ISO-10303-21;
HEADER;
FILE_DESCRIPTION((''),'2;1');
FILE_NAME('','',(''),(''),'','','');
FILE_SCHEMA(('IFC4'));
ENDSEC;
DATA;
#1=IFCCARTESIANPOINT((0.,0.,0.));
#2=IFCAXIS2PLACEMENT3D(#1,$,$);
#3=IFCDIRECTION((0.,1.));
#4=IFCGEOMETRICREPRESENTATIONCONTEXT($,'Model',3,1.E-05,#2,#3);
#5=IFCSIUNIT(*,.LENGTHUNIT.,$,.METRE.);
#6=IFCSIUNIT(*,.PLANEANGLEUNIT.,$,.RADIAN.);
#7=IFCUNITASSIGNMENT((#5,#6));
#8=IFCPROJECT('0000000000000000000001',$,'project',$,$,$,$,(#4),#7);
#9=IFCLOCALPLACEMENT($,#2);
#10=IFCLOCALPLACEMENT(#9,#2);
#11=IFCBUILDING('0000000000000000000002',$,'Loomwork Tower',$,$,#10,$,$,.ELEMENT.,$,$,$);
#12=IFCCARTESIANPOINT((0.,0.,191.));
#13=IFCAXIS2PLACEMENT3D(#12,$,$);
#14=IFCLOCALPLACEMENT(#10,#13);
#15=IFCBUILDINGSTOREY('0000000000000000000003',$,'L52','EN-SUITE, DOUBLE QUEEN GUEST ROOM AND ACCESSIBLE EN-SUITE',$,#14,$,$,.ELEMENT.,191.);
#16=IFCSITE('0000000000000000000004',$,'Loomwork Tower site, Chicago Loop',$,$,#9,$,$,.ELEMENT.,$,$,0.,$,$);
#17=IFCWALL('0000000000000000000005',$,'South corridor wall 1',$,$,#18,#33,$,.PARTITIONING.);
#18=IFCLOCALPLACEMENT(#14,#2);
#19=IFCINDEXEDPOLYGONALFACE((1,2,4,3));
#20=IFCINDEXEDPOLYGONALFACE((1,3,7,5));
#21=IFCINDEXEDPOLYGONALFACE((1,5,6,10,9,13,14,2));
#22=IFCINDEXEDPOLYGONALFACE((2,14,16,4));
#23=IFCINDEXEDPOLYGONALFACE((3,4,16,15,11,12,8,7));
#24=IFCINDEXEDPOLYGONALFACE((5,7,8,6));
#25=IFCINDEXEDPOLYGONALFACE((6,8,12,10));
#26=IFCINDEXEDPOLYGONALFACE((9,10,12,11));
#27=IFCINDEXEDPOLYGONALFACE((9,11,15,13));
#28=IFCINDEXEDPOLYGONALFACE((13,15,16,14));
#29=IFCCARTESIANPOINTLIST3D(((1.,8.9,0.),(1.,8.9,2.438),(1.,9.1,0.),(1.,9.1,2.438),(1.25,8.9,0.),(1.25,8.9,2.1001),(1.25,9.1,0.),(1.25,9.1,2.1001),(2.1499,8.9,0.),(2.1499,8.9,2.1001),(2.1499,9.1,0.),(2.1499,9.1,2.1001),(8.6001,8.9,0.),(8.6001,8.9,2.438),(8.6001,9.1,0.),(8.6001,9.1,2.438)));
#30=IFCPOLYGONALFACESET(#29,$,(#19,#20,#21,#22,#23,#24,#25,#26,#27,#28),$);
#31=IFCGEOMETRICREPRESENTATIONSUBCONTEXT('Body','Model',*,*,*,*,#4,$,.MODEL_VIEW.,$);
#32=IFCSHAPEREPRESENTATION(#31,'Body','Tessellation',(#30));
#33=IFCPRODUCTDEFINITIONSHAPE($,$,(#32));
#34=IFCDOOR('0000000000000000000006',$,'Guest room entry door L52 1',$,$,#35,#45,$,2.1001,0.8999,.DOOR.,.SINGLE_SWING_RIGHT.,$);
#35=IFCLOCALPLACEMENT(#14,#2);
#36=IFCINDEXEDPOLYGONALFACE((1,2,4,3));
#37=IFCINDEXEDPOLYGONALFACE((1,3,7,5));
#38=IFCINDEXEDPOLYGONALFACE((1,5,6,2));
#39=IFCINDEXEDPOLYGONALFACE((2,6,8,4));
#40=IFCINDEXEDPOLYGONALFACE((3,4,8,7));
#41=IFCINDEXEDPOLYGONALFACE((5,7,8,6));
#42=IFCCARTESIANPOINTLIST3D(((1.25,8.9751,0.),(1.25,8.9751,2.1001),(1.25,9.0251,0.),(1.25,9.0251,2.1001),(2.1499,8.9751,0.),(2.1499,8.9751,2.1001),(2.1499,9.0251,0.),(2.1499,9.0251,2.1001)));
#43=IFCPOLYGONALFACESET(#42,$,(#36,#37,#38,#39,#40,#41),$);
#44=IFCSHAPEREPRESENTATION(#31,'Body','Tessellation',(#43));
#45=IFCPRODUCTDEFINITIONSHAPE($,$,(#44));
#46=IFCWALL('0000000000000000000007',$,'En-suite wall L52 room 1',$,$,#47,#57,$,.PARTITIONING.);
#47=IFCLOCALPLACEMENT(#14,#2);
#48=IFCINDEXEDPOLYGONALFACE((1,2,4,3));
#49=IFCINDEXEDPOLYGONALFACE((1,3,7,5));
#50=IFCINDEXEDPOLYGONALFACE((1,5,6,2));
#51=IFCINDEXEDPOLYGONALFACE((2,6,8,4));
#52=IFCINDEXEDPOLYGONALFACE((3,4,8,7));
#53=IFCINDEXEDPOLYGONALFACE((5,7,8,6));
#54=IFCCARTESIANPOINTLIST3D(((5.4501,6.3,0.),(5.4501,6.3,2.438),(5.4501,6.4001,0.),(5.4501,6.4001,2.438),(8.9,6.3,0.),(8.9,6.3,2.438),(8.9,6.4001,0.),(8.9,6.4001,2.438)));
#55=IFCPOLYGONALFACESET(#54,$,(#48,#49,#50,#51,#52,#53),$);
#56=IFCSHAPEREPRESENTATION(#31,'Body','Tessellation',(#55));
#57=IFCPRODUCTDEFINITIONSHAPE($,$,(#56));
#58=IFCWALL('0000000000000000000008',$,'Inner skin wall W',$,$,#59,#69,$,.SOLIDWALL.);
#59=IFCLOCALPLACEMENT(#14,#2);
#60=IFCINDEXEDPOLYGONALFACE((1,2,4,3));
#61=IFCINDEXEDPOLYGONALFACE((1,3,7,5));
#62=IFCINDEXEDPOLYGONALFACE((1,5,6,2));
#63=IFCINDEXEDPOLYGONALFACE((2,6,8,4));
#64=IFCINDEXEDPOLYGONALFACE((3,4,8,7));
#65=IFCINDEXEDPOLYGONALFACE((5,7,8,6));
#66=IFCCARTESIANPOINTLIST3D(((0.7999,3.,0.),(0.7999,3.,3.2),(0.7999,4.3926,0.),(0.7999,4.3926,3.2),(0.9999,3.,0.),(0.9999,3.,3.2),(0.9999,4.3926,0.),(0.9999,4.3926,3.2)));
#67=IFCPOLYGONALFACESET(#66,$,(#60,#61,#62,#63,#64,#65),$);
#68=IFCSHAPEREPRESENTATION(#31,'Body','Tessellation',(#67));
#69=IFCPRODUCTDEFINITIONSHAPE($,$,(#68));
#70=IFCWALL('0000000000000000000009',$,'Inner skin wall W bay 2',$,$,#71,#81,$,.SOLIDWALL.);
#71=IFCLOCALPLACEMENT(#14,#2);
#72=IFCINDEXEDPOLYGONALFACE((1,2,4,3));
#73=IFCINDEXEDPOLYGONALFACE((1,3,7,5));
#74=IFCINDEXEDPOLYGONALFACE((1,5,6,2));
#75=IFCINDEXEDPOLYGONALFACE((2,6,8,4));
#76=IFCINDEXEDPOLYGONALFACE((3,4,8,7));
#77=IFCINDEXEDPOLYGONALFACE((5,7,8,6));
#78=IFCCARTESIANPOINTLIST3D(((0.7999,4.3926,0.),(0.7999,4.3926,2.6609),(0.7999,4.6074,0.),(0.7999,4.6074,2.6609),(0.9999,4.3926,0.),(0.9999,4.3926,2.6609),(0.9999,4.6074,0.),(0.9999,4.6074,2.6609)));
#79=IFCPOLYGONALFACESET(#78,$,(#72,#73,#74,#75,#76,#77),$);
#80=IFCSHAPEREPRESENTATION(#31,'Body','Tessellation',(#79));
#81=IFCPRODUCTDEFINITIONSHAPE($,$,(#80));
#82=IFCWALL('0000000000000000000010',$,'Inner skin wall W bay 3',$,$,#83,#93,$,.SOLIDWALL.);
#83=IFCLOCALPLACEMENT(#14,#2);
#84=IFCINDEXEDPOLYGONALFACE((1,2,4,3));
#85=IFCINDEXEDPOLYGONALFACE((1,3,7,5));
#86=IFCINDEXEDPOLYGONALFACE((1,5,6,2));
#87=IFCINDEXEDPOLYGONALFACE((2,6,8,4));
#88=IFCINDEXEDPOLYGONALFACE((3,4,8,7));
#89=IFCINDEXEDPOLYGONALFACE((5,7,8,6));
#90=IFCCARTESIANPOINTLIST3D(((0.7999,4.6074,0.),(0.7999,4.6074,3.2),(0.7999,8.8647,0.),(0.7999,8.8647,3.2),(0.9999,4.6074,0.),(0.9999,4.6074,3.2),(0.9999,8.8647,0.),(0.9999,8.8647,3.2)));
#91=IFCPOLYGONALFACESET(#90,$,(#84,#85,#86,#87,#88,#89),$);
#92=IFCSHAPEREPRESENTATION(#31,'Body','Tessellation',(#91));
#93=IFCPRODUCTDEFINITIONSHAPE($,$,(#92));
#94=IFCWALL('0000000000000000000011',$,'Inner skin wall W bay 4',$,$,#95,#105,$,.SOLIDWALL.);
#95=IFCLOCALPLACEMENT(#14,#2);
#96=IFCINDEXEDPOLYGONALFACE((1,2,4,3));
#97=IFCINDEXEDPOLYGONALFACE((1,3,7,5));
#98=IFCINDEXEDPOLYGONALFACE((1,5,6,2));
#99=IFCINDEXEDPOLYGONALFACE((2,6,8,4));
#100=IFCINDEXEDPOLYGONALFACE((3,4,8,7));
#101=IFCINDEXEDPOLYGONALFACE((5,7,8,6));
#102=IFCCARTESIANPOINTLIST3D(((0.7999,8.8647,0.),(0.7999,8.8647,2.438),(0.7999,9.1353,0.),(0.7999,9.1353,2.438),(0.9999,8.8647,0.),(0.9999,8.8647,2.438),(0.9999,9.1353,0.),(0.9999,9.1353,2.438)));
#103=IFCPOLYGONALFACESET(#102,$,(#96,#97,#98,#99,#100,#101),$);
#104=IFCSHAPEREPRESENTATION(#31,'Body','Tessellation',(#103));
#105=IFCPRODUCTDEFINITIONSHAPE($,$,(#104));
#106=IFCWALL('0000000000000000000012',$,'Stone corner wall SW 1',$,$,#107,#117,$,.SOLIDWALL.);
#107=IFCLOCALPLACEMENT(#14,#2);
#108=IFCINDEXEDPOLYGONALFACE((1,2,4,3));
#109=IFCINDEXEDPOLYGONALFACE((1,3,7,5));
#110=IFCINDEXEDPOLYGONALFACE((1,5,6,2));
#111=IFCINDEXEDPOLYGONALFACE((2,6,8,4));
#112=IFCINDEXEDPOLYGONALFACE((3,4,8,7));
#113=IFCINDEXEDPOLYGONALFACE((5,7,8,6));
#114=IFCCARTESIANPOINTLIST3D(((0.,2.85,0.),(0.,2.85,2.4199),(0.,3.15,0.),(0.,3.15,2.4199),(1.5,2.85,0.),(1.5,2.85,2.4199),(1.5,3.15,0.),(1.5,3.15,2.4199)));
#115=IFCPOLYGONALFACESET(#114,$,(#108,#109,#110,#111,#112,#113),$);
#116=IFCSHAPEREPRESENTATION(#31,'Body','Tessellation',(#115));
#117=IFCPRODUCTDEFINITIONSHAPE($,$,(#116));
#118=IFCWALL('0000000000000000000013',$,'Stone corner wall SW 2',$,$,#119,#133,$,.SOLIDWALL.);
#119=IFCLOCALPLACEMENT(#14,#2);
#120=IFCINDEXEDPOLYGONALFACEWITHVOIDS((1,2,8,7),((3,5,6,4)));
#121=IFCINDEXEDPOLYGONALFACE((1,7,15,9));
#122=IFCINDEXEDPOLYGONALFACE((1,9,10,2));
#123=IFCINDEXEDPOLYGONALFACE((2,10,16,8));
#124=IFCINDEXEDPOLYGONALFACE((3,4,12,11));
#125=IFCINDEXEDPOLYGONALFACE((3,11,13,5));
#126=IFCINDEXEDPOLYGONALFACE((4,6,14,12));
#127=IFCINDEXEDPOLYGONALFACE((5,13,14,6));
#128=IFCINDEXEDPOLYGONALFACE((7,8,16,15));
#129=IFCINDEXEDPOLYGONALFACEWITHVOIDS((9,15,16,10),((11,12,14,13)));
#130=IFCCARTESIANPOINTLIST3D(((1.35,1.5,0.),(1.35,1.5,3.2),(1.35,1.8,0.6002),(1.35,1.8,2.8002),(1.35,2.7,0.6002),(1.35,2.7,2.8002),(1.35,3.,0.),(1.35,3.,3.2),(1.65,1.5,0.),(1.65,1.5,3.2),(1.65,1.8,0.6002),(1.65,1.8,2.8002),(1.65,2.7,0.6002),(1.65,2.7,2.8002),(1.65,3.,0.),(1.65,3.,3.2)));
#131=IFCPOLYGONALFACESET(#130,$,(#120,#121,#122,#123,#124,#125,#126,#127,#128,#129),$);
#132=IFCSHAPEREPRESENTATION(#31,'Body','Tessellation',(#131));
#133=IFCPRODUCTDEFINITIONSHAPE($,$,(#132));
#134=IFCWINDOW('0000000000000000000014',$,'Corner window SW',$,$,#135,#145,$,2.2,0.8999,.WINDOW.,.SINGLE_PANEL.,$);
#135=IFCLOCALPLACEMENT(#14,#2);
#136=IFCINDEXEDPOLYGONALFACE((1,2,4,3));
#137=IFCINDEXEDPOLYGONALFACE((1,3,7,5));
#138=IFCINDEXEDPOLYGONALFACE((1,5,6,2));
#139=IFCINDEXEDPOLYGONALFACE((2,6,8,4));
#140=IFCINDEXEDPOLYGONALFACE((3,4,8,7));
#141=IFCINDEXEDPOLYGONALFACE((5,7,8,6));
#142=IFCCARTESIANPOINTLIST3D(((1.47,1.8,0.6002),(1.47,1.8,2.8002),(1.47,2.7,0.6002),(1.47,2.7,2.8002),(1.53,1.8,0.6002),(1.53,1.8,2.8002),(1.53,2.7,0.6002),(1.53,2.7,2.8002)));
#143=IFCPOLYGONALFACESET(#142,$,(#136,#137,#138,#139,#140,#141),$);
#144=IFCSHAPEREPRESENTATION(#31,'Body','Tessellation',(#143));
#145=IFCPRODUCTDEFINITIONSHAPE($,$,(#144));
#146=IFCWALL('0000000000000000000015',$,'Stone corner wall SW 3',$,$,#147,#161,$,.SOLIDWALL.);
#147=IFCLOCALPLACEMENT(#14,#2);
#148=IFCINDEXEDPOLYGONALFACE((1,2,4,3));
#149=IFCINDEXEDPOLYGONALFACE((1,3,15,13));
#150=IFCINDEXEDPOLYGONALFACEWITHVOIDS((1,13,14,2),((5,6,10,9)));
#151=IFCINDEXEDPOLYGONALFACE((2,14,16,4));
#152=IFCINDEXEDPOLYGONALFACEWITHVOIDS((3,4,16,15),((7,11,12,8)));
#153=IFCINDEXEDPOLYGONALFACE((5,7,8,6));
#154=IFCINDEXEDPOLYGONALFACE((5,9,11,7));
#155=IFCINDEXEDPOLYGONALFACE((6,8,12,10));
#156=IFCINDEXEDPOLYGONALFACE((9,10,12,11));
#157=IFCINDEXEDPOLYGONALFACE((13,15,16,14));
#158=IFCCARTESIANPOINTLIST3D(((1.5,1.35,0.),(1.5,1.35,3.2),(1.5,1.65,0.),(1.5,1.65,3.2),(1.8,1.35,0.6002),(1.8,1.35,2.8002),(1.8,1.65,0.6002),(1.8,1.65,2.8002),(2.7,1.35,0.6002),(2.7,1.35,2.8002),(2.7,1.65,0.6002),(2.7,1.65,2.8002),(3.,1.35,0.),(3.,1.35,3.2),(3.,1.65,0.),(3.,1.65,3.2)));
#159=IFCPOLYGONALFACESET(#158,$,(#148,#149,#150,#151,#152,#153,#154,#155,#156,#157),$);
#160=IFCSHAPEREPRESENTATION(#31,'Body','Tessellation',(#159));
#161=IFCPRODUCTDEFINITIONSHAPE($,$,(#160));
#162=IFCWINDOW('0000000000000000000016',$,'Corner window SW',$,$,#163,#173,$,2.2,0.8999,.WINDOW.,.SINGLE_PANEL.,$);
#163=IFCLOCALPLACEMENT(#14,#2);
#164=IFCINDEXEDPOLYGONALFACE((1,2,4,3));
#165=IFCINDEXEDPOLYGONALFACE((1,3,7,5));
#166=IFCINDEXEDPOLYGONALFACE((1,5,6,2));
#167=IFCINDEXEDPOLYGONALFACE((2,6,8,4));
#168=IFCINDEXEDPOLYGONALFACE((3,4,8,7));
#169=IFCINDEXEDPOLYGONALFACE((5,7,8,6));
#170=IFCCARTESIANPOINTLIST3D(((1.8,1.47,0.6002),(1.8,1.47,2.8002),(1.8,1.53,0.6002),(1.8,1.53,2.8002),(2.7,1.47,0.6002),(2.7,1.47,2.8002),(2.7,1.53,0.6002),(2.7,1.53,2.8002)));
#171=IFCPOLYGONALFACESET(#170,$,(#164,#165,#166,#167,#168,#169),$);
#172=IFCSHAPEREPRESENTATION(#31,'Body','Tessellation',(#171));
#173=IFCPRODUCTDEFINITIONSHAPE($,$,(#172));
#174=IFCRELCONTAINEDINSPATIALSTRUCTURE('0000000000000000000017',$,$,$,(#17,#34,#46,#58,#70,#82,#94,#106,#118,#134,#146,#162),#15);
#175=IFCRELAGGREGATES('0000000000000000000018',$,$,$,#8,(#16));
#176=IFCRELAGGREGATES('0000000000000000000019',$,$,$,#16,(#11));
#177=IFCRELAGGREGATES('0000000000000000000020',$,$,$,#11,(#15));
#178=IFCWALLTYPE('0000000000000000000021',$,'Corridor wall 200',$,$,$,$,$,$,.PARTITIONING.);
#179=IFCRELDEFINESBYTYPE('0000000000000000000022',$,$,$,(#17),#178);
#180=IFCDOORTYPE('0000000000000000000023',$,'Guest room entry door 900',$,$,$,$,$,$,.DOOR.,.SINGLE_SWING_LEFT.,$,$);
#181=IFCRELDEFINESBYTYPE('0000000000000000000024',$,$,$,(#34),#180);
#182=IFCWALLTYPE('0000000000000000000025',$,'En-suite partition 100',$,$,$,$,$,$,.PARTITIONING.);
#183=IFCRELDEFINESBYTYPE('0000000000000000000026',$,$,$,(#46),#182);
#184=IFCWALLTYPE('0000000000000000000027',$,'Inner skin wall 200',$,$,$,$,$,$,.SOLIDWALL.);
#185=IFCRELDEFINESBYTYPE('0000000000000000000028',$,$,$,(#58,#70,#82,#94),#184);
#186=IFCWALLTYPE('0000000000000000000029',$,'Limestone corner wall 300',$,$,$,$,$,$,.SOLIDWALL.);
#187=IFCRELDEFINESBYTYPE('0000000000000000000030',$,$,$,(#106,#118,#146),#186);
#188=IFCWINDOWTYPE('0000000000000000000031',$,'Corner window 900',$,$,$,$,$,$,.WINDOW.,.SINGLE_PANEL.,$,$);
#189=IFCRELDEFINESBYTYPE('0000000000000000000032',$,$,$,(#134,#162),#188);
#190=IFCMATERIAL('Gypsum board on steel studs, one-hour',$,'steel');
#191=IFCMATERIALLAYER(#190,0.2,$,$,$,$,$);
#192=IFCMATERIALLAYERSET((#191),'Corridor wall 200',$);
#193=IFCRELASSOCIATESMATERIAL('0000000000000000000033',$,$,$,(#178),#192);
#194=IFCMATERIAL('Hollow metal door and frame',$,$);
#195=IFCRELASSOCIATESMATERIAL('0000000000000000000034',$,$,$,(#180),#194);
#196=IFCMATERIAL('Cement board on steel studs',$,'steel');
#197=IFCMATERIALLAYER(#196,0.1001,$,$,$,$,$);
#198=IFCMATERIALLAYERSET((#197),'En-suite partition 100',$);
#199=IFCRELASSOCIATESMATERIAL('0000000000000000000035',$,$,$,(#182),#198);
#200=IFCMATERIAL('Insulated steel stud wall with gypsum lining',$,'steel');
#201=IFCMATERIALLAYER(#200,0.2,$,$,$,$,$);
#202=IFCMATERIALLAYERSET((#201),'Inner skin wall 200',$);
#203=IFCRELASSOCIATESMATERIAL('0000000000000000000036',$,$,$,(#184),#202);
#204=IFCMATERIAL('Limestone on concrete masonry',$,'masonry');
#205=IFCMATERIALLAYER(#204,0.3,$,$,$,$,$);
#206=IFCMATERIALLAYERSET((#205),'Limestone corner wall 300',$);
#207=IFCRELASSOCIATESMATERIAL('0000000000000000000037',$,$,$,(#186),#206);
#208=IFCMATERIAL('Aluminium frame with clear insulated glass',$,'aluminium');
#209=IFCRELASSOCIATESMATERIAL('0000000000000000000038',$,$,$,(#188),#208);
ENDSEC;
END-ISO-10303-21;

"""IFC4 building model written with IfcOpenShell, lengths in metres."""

from ifc_helpers import new_model, si_unit, direction, frame, frame_2d, origin, place, context, subcontext, project, spatial, rectangle, extrude, material, layer, layer_set, type_object, element, fill, save


model = new_model("IFC4")

# Units and contexts
model_context = context("Model", 3, precision=1e-05, world=origin(), true_north=direction((0.0, 1.0)))
body_context = subcontext(model_context, "Body", "Model", "MODEL_VIEW")
ifc_project = project(units=[si_unit("LENGTHUNIT", "METRE"), si_unit("PLANEANGLEUNIT", "RADIAN")], contexts=[model_context])

# Site, building, storey
site_placement = place(None, origin())
site = spatial("IfcSite", under=ifc_project, at=site_placement, Name="Loomwork Tower site, Chicago Loop", CompositionType="ELEMENT", RefElevation=0.0)
building_placement = place(site_placement, origin())
building = spatial("IfcBuilding", under=site, at=building_placement, Name="Loomwork Tower", CompositionType="ELEMENT")
storey_placement = place(building_placement, frame((0.0, 0.0, 191.0)))
storey = spatial("IfcBuildingStorey", under=building, at=storey_placement, Name="L52", Description="EN-SUITE, DOUBLE QUEEN GUEST ROOM AND ACCESSIBLE EN-SUITE", CompositionType="ELEMENT", Elevation=191.0)

# Wall, opening, door
ifc_material_1 = material(Name="Gypsum board on steel studs, one-hour", Category="steel")
ifc_layer_1 = layer(ifc_material_1, 0.2)
ifc_layer_set_1 = layer_set([ifc_layer_1], Name="Corridor wall 200")
wall_type_1 = type_object("IfcWallType", Name="Corridor wall 200", PredefinedType="PARTITIONING", material=ifc_layer_set_1)
wall_1_placement = place(storey_placement, frame((1.0, 9.0, 0.0), z_axis=(0.0, 0.0, 1.0), x_axis=(1.0, 0.0, 0.0)))
wall_1 = element("IfcWall", 1, at=wall_1_placement, inside=storey, type_object=wall_type_1, Name="South corridor wall 1", PredefinedType="PARTITIONING", context=body_context, shape_type="SweptSolid", body=[
    extrude(rectangle(XDim=7.6001, YDim=0.2, at=frame_2d((3.8, 0.0))), origin(), (0.0, 0.0, 1.0), 2.438),
])
opening_1_placement = place(wall_1_placement, frame((0.25, 0.0, 0.0)))
opening_1 = element("IfcOpeningElement", 2, at=opening_1_placement, cuts=wall_1, PredefinedType="OPENING", context=body_context, shape_type="SweptSolid", body=[
    extrude(rectangle(XDim=0.8999, YDim=2.1001, at=frame_2d((0.45, 1.05))), frame((0.0, 0.1099, 0.0), z_axis=(0.0, -1.0, 0.0), x_axis=(1.0, 0.0, 0.0)), (0.0, 0.0, 1.0), 0.22),
])
ifc_material_2 = material(Name="Hollow metal door and frame")
door_type = type_object("IfcDoorType", Name="Guest room entry door 900", OperationType="SINGLE_SWING_LEFT", PredefinedType="DOOR", material=ifc_material_2)
door_placement = place(opening_1_placement, frame((0.8999, 0.0, 0.0), z_axis=(0.0, 0.0, 1.0), x_axis=(-1.0, 0.0, 0.0)))
door = element("IfcDoor", 3, at=door_placement, inside=storey, type_object=door_type, Name="Guest room entry door L52 1", OperationType="SINGLE_SWING_RIGHT", OverallHeight=2.1001, OverallWidth=0.8999, PredefinedType="DOOR", context=body_context, shape_type="SweptSolid", body=[
    extrude(rectangle(XDim=0.8999, YDim=2.1001, at=frame_2d((0.45, 1.05))), frame((0.0, 0.0249, 0.0), z_axis=(0.0, -1.0, 0.0), x_axis=(1.0, 0.0, 0.0)), (0.0, 0.0, 1.0), 0.05),
])
fill(opening_1, door)

# Walls
ifc_material_3 = material(Name="Cement board on steel studs", Category="steel")
ifc_layer_2 = layer(ifc_material_3, 0.1001)
ifc_layer_set_2 = layer_set([ifc_layer_2], Name="En-suite partition 100")
wall_type_2 = type_object("IfcWallType", Name="En-suite partition 100", PredefinedType="PARTITIONING", material=ifc_layer_set_2)
wall_2_placement = place(storey_placement, frame((5.45, 6.3501, 0.0), z_axis=(0.0, 0.0, 1.0), x_axis=(1.0, 0.0, 0.0)))
element("IfcWall", 4, at=wall_2_placement, inside=storey, type_object=wall_type_2, Name="En-suite wall L52 room 1", PredefinedType="PARTITIONING", context=body_context, shape_type="SweptSolid", body=[
    extrude(rectangle(XDim=3.45, YDim=0.1001, at=frame_2d((1.7251, 0.0))), origin(), (0.0, 0.0, 1.0), 2.438),
])
ifc_material_4 = material(Name="Insulated steel stud wall with gypsum lining", Category="steel")
ifc_layer_3 = layer(ifc_material_4, 0.2)
ifc_layer_set_3 = layer_set([ifc_layer_3], Name="Inner skin wall 200")
wall_type_3 = type_object("IfcWallType", Name="Inner skin wall 200", PredefinedType="SOLIDWALL", material=ifc_layer_set_3)
wall_3_placement = place(storey_placement, frame((0.8999, 3.0, 0.0), z_axis=(0.0, 0.0, 1.0), x_axis=(0.0, 1.0, 0.0)))
element("IfcWall", 5, at=wall_3_placement, inside=storey, type_object=wall_type_3, Name="Inner skin wall W", PredefinedType="SOLIDWALL", context=body_context, shape_type="SweptSolid", body=[
    extrude(rectangle(XDim=1.3926, YDim=0.2, at=frame_2d((0.6963, 0.0))), origin(), (0.0, 0.0, 1.0), 3.2),
])
wall_4_placement = place(storey_placement, frame((0.8999, 4.3926, 0.0), z_axis=(0.0, 0.0, 1.0), x_axis=(0.0, 1.0, 0.0)))
element("IfcWall", 6, at=wall_4_placement, inside=storey, type_object=wall_type_3, Name="Inner skin wall W bay 2", PredefinedType="SOLIDWALL", context=body_context, shape_type="SweptSolid", body=[
    extrude(rectangle(XDim=0.2148, YDim=0.2, at=frame_2d((0.1074, 0.0))), origin(), (0.0, 0.0, 1.0), 2.6609),
])
wall_5_placement = place(storey_placement, frame((0.8999, 4.6074, 0.0), z_axis=(0.0, 0.0, 1.0), x_axis=(0.0, 1.0, 0.0)))
element("IfcWall", 7, at=wall_5_placement, inside=storey, type_object=wall_type_3, Name="Inner skin wall W bay 3", PredefinedType="SOLIDWALL", context=body_context, shape_type="SweptSolid", body=[
    extrude(rectangle(XDim=4.2573, YDim=0.2, at=frame_2d((2.1287, 0.0))), origin(), (0.0, 0.0, 1.0), 3.2),
])
wall_6_placement = place(storey_placement, frame((0.8999, 8.8647, 0.0), z_axis=(0.0, 0.0, 1.0), x_axis=(0.0, 1.0, 0.0)))
element("IfcWall", 8, at=wall_6_placement, inside=storey, type_object=wall_type_3, Name="Inner skin wall W bay 4", PredefinedType="SOLIDWALL", context=body_context, shape_type="SweptSolid", body=[
    extrude(rectangle(XDim=0.2705, YDim=0.2, at=frame_2d((0.1353, 0.0))), origin(), (0.0, 0.0, 1.0), 2.438),
])
ifc_material_5 = material(Name="Limestone on concrete masonry", Category="masonry")
ifc_layer_4 = layer(ifc_material_5, 0.3)
ifc_layer_set_4 = layer_set([ifc_layer_4], Name="Limestone corner wall 300")
wall_type_4 = type_object("IfcWallType", Name="Limestone corner wall 300", PredefinedType="SOLIDWALL", material=ifc_layer_set_4)
wall_7_placement = place(storey_placement, frame((0.0, 3.0, 0.0), z_axis=(0.0, 0.0, 1.0), x_axis=(1.0, 0.0, 0.0)))
element("IfcWall", 9, at=wall_7_placement, inside=storey, type_object=wall_type_4, Name="Stone corner wall SW 1", PredefinedType="SOLIDWALL", context=body_context, shape_type="SweptSolid", body=[
    extrude(rectangle(XDim=1.5, YDim=0.3, at=frame_2d((0.75, 0.0))), origin(), (0.0, 0.0, 1.0), 2.4199),
])

# Walls, openings, windows
wall_8_placement = place(storey_placement, frame((1.5, 3.0, 0.0), z_axis=(0.0, 0.0, 1.0), x_axis=(0.0, -1.0, 0.0)))
wall_8 = element("IfcWall", 10, at=wall_8_placement, inside=storey, type_object=wall_type_4, Name="Stone corner wall SW 2", PredefinedType="SOLIDWALL", context=body_context, shape_type="SweptSolid", body=[
    extrude(rectangle(XDim=1.5, YDim=0.3, at=frame_2d((0.75, 0.0))), origin(), (0.0, 0.0, 1.0), 3.2),
])
opening_2_placement = place(wall_8_placement, frame((0.3, 0.0, 0.6001)))
opening_2 = element("IfcOpeningElement", 11, at=opening_2_placement, cuts=wall_8, PredefinedType="OPENING", context=body_context, shape_type="SweptSolid", body=[
    extrude(rectangle(XDim=0.8999, YDim=2.2, at=frame_2d((0.45, 1.1001))), frame((0.0, 0.1599, 0.0), z_axis=(0.0, -1.0, 0.0), x_axis=(1.0, 0.0, 0.0)), (0.0, 0.0, 1.0), 0.3201),
])
ifc_material_6 = material(Name="Aluminium frame with clear insulated glass", Category="aluminium")
window_type = type_object("IfcWindowType", Name="Corner window 900", PartitioningType="SINGLE_PANEL", PredefinedType="WINDOW", material=ifc_material_6)
window_1_placement = place(opening_2_placement, origin())
window_1 = element("IfcWindow", 12, at=window_1_placement, inside=storey, type_object=window_type, Name="Corner window SW", OverallHeight=2.2, OverallWidth=0.8999, PartitioningType="SINGLE_PANEL", PredefinedType="WINDOW", context=body_context, shape_type="SweptSolid", body=[
    extrude(rectangle(XDim=0.8999, YDim=2.2, at=frame_2d((0.45, 1.1001))), frame((0.0, 0.03, 0.0), z_axis=(0.0, -1.0, 0.0), x_axis=(1.0, 0.0, 0.0)), (0.0, 0.0, 1.0), 0.0601),
])
fill(opening_2, window_1)
wall_9_placement = place(storey_placement, frame((1.5, 1.5, 0.0), z_axis=(0.0, 0.0, 1.0), x_axis=(1.0, 0.0, 0.0)))
wall_9 = element("IfcWall", 13, at=wall_9_placement, inside=storey, type_object=wall_type_4, Name="Stone corner wall SW 3", PredefinedType="SOLIDWALL", context=body_context, shape_type="SweptSolid", body=[
    extrude(rectangle(XDim=1.5, YDim=0.3, at=frame_2d((0.75, 0.0))), origin(), (0.0, 0.0, 1.0), 3.2),
])
opening_3_placement = place(wall_9_placement, frame((0.3, 0.0, 0.6001)))
opening_3 = element("IfcOpeningElement", 14, at=opening_3_placement, cuts=wall_9, PredefinedType="OPENING", context=body_context, shape_type="SweptSolid", body=[
    extrude(rectangle(XDim=0.8999, YDim=2.2, at=frame_2d((0.45, 1.1001))), frame((0.0, 0.1599, 0.0), z_axis=(0.0, -1.0, 0.0), x_axis=(1.0, 0.0, 0.0)), (0.0, 0.0, 1.0), 0.3201),
])
window_2_placement = place(opening_3_placement, origin())
window_2 = element("IfcWindow", 15, at=window_2_placement, inside=storey, type_object=window_type, Name="Corner window SW", OverallHeight=2.2, OverallWidth=0.8999, PartitioningType="SINGLE_PANEL", PredefinedType="WINDOW", context=body_context, shape_type="SweptSolid", body=[
    extrude(rectangle(XDim=0.8999, YDim=2.2, at=frame_2d((0.45, 1.1001))), frame((0.0, 0.03, 0.0), z_axis=(0.0, -1.0, 0.0), x_axis=(1.0, 0.0, 0.0)), (0.0, 0.0, 1.0), 0.0601),
])
fill(opening_3, window_2)

save(model, "model.ifc")
